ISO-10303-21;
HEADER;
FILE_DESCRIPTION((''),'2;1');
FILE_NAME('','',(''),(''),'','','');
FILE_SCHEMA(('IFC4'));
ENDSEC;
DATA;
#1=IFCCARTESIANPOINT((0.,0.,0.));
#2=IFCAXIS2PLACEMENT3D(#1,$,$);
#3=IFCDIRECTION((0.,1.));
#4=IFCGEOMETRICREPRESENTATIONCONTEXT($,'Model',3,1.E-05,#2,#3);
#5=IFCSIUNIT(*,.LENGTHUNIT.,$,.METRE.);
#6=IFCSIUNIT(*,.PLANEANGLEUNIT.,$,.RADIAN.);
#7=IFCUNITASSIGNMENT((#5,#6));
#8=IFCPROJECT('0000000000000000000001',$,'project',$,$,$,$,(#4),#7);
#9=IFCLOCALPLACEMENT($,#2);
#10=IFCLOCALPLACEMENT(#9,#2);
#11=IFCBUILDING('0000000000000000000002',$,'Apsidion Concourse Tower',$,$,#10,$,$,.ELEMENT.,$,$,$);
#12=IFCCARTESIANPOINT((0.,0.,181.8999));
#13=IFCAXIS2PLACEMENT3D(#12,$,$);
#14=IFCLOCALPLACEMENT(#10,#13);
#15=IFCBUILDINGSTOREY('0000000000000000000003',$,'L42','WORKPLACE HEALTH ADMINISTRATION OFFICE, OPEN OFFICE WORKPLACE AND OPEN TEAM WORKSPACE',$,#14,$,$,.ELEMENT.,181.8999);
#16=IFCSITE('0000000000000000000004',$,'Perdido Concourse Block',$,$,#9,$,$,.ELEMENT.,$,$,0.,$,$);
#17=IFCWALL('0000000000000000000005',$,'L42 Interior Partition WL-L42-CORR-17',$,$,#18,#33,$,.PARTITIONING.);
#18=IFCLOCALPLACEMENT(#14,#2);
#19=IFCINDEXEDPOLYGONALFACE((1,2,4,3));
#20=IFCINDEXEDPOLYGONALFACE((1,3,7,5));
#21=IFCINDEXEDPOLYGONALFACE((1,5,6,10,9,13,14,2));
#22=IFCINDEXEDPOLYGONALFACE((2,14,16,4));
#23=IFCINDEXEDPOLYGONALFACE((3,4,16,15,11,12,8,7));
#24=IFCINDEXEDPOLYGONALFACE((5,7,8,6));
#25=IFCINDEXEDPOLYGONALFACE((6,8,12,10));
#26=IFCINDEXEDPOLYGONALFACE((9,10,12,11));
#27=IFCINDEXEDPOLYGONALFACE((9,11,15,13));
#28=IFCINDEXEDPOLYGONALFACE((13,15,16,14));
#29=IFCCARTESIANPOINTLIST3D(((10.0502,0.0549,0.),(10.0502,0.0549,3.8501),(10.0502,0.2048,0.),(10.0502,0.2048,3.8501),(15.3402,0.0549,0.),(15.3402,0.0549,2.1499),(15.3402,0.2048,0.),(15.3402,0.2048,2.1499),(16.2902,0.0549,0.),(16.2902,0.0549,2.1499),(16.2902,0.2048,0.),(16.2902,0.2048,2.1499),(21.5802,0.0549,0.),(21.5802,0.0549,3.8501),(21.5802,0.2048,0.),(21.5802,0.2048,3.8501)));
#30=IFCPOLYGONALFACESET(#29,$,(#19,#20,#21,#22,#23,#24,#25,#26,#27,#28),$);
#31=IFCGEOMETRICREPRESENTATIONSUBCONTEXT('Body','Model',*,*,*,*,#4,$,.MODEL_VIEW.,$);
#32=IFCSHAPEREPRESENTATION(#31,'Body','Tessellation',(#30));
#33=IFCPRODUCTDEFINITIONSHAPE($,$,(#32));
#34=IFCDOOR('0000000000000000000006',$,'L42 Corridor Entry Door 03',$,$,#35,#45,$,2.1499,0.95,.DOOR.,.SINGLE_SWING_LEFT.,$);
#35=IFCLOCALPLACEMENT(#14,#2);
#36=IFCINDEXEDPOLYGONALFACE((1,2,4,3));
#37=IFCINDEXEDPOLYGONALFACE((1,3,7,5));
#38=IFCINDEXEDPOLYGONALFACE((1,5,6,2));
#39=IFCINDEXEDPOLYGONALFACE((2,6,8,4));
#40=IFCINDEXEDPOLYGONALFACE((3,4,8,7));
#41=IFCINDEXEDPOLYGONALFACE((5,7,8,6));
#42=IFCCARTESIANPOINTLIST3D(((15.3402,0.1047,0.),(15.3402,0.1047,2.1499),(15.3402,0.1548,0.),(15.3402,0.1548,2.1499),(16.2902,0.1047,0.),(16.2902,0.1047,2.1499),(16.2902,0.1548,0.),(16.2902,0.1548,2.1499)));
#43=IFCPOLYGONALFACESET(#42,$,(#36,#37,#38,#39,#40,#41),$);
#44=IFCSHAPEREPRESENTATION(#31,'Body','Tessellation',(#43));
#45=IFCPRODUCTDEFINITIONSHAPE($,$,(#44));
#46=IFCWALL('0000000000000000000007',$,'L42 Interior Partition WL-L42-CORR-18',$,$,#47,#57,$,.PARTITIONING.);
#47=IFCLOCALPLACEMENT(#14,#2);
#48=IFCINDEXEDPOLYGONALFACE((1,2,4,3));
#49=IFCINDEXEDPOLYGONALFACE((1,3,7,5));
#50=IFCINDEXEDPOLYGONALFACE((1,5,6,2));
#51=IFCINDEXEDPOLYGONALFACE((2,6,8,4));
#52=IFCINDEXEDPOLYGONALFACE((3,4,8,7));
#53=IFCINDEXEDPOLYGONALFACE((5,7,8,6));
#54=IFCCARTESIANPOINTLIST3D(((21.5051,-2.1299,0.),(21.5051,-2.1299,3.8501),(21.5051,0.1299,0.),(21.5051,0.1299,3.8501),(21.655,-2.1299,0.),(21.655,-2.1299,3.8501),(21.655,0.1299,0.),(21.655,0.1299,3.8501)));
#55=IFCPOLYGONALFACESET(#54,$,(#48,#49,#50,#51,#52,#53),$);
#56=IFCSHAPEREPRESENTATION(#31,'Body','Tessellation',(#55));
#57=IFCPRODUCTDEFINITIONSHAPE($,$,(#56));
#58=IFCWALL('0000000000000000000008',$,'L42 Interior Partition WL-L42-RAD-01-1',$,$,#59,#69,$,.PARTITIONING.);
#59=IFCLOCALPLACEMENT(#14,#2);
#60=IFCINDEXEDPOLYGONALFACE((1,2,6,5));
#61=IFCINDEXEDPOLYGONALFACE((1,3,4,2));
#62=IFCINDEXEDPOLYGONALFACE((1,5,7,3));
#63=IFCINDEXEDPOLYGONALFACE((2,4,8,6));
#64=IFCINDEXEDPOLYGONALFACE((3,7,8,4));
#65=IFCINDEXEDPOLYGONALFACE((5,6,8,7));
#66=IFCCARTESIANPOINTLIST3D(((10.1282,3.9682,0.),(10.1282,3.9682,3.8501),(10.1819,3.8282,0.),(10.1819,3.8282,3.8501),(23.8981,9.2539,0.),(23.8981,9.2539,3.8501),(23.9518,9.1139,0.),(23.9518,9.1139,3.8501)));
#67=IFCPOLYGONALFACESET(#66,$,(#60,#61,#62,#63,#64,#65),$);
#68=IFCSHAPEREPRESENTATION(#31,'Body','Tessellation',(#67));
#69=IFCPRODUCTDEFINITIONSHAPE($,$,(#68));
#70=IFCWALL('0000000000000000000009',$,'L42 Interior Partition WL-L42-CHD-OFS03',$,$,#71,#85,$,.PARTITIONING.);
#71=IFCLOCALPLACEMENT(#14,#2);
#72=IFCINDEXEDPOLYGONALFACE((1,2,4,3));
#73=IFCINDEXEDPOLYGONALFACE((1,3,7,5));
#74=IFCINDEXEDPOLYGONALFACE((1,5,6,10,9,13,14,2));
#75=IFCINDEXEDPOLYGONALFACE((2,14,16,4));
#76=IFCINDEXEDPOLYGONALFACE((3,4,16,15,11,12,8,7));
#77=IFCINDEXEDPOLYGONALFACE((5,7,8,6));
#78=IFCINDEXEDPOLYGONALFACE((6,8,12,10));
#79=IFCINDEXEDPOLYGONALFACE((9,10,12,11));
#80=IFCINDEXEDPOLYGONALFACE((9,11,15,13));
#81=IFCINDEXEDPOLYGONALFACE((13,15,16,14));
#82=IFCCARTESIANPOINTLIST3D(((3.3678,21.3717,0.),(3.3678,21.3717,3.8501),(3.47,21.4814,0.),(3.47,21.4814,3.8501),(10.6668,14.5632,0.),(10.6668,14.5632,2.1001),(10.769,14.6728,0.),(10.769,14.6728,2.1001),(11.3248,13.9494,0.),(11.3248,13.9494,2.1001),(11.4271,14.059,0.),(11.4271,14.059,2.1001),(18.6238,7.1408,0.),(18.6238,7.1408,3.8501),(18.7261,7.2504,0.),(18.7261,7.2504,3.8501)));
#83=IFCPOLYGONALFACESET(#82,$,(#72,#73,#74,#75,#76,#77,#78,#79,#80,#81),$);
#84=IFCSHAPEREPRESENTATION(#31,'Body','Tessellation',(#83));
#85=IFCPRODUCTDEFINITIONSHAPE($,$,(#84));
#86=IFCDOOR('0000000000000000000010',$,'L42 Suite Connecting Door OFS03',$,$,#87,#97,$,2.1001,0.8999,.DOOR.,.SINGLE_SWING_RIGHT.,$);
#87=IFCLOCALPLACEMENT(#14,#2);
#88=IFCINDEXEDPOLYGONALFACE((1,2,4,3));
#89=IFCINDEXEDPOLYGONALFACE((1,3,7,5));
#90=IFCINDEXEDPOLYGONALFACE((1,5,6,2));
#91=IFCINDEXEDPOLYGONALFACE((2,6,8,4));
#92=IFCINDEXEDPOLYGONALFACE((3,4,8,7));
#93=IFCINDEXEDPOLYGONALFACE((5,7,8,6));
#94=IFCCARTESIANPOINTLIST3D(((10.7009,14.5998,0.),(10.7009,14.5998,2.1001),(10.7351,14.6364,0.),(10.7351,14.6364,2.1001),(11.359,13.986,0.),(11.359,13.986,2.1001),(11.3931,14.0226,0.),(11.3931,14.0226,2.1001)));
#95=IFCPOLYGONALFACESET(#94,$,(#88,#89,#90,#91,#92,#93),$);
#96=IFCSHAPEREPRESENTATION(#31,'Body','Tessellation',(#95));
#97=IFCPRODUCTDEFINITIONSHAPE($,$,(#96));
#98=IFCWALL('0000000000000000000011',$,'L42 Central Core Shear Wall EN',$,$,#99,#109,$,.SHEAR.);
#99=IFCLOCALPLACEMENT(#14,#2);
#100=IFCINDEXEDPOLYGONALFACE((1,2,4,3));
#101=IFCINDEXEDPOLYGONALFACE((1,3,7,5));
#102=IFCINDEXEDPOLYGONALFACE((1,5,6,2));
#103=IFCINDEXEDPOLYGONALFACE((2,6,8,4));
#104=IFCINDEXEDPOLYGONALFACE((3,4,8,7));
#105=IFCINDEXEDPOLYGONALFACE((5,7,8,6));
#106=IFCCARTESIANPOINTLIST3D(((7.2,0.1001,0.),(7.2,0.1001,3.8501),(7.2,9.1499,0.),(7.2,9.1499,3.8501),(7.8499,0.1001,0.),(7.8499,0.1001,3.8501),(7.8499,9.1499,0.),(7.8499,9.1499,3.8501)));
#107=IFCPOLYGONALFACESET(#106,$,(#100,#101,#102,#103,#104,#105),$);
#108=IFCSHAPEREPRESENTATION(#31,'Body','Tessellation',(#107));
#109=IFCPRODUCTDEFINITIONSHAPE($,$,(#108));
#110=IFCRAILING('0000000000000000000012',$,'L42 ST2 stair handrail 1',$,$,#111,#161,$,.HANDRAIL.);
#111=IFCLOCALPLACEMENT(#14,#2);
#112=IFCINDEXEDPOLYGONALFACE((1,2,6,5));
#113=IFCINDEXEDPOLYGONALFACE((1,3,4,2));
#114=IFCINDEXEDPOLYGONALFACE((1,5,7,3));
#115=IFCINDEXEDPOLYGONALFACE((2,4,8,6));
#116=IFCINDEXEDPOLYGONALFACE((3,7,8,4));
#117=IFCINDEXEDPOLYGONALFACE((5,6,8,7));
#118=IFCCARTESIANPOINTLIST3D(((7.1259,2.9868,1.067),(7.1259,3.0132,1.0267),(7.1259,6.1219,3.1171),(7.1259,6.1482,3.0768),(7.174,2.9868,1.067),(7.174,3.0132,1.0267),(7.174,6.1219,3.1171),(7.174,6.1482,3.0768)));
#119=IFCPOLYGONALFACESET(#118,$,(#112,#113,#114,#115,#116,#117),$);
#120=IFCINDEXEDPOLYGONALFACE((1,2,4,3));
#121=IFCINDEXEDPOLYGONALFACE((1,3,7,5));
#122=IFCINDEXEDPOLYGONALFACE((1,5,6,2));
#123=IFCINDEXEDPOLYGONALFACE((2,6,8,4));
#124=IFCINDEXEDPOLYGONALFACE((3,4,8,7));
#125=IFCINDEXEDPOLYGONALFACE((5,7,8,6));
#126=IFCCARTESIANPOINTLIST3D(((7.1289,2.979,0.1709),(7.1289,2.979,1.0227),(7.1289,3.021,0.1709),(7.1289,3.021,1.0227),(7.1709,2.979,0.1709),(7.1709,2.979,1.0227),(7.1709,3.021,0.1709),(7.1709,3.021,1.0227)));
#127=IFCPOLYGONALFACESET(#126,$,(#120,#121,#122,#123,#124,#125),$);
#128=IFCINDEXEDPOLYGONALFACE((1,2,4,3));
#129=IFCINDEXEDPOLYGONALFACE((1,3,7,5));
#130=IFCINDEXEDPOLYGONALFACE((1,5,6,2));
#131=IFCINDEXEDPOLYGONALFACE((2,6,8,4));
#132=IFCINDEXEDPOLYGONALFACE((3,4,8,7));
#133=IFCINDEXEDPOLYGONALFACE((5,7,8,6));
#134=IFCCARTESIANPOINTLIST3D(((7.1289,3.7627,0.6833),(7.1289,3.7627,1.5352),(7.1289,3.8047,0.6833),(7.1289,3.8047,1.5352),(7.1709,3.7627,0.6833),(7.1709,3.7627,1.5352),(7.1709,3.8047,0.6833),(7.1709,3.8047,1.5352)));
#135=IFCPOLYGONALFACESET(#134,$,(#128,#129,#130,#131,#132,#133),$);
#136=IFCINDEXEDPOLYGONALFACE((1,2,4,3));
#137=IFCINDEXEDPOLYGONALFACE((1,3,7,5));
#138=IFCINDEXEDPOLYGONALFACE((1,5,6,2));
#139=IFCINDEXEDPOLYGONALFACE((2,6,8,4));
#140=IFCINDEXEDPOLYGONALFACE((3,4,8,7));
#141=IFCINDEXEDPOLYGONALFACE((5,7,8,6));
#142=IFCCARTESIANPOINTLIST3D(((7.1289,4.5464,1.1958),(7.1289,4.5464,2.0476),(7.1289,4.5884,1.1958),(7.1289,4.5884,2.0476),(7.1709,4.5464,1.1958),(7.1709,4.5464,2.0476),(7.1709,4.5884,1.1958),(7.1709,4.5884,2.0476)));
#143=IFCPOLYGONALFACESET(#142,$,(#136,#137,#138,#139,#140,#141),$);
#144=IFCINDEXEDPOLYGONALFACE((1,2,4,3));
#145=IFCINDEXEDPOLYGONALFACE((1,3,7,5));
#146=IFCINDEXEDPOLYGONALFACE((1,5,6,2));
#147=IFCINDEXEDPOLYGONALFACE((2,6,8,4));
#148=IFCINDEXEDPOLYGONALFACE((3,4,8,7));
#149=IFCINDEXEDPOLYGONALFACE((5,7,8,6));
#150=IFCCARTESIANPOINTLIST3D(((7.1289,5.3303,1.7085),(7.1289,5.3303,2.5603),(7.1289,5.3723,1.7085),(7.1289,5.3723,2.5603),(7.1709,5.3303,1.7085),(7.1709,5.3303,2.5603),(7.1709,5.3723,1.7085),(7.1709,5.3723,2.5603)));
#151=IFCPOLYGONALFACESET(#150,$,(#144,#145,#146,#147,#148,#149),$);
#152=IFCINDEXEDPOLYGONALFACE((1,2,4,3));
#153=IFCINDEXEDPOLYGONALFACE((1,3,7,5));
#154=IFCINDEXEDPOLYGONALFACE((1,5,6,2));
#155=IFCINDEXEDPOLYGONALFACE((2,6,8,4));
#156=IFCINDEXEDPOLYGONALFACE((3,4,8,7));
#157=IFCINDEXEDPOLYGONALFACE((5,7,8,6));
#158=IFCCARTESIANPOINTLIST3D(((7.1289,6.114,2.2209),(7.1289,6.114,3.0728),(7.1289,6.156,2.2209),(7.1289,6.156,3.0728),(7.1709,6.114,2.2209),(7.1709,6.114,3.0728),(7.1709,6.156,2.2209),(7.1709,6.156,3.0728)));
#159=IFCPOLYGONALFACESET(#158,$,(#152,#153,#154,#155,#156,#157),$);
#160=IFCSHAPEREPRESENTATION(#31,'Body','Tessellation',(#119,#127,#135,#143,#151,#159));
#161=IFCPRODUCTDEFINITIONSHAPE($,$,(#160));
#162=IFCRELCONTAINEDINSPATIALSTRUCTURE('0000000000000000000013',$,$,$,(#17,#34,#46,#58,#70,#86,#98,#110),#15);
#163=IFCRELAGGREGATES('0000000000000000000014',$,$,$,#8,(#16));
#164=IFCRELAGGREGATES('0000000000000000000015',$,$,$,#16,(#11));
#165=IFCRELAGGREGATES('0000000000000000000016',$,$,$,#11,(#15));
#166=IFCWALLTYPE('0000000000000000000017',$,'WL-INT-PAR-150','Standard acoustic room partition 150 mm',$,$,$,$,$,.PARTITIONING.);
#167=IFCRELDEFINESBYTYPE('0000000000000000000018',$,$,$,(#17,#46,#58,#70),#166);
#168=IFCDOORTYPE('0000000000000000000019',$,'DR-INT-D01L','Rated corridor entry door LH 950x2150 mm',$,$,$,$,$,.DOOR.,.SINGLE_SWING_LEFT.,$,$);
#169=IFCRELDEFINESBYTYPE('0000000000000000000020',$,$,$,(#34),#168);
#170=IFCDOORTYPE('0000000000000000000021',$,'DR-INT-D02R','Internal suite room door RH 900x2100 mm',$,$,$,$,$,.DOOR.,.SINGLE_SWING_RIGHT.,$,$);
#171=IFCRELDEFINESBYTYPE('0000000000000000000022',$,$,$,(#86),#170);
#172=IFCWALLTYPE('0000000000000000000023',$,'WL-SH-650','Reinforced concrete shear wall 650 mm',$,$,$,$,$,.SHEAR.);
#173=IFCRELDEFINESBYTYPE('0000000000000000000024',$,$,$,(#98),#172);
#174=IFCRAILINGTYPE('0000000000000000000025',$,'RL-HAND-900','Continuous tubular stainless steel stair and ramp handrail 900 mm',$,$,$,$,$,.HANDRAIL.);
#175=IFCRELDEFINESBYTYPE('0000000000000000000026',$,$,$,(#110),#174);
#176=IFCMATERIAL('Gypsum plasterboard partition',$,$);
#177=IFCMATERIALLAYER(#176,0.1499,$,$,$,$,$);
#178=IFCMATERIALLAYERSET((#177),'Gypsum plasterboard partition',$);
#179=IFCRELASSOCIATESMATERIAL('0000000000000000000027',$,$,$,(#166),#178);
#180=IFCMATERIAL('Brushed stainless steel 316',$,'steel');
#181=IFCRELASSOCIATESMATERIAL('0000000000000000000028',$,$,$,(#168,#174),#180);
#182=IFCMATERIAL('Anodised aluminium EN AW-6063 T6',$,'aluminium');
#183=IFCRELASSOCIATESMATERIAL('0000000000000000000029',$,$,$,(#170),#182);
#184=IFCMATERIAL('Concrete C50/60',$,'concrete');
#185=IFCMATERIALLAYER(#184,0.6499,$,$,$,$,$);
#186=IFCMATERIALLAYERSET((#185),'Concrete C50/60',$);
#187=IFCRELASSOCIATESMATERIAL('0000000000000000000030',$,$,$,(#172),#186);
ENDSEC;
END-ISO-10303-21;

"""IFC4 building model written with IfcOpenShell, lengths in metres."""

from ifc_helpers import new_model, si_unit, direction, frame, frame_2d, origin, origin_2d, place, context, subcontext, project, spatial, rectangle, extrude, material, layer, layer_set, type_object, element, fill, save


model = new_model("IFC4")

# Units and contexts
model_context = context("Model", 3, precision=1e-05, world=origin(), true_north=direction((0.0, 1.0)))
body_context = subcontext(model_context, "Body", "Model", "MODEL_VIEW")
ifc_project = project(units=[si_unit("LENGTHUNIT", "METRE"), si_unit("PLANEANGLEUNIT", "RADIAN")], contexts=[model_context])

# Site, building, storey
site_placement = place(None, origin())
site = spatial("IfcSite", under=ifc_project, at=site_placement, Name="Perdido Concourse Block", CompositionType="ELEMENT", RefElevation=0.0)
building_placement = place(site_placement, origin())
building = spatial("IfcBuilding", under=site, at=building_placement, Name="Apsidion Concourse Tower", CompositionType="ELEMENT")
storey_placement = place(building_placement, frame((0.0, 0.0, 181.8999)))
storey = spatial("IfcBuildingStorey", under=building, at=storey_placement, Name="L42", Description="WORKPLACE HEALTH ADMINISTRATION OFFICE, OPEN OFFICE WORKPLACE AND OPEN TEAM WORKSPACE", CompositionType="ELEMENT", Elevation=181.8999)

# Shared definitions
ifc_material_1 = material(Name="Concrete C50/60", Category="concrete")

# Shared definitions
ifc_material_2 = material(Name="Gypsum plasterboard partition")
ifc_layer_1 = layer(ifc_material_2, 0.1499)
ifc_layer_set_1 = layer_set([ifc_layer_1], Name="Gypsum plasterboard partition")
wall_type_1 = type_object("IfcWallType", Name="WL-INT-PAR-150", Description="Standard acoustic room partition 150 mm", PredefinedType="PARTITIONING", material=ifc_layer_set_1)

# Wall, opening, door
ifc_material_3 = material(Name="Brushed stainless steel 316", Category="steel")
wall_1_placement = place(storey_placement, frame((10.05, 0.1299, 0.0), z_axis=(0.0, 0.0, 1.0), x_axis=(1.0, 0.0, 0.0)))
wall_1 = element("IfcWall", 1, at=wall_1_placement, inside=storey, type_object=wall_type_1, Name="L42 Interior Partition WL-L42-CORR-17", PredefinedType="PARTITIONING", context=body_context, shape_type="SweptSolid", body=[
    extrude(rectangle(XDim=11.53, YDim=0.1499, at=frame_2d((5.7651, 0.0))), origin(), (0.0, 0.0, 1.0), 3.8501),
])
opening_1_placement = place(wall_1_placement, frame((5.29, 0.0, 0.0)))
opening_1 = element("IfcOpeningElement", 2, at=opening_1_placement, cuts=wall_1, PredefinedType="OPENING", context=body_context, shape_type="SweptSolid", body=[
    extrude(rectangle(XDim=0.95, YDim=2.1499, at=frame_2d((0.4751, 1.075))), frame((0.0, 0.085, 0.0), z_axis=(0.0, -1.0, 0.0), x_axis=(1.0, 0.0, 0.0)), (0.0, 0.0, 1.0), 0.1699),
])
door_type_1 = type_object("IfcDoorType", Name="DR-INT-D01L", Description="Rated corridor entry door LH 950x2150 mm", OperationType="SINGLE_SWING_LEFT", PredefinedType="DOOR", material=ifc_material_3)
door_1_placement = place(opening_1_placement, origin())
door_1 = element("IfcDoor", 3, at=door_1_placement, inside=storey, type_object=door_type_1, Name="L42 Corridor Entry Door 03", OperationType="SINGLE_SWING_LEFT", OverallHeight=2.1499, OverallWidth=0.95, PredefinedType="DOOR", context=body_context, shape_type="SweptSolid", body=[
    extrude(rectangle(XDim=0.95, YDim=2.1499, at=frame_2d((0.4751, 1.075))), frame((0.0, 0.0249, 0.0), z_axis=(0.0, -1.0, 0.0), x_axis=(1.0, 0.0, 0.0)), (0.0, 0.0, 1.0), 0.05),
])
fill(opening_1, door_1)

# Walls
wall_2_placement = place(storey_placement, frame((21.5801, 0.1299, 0.0), z_axis=(0.0, 0.0, 1.0), x_axis=(0.0, -1.0, 0.0)))
element("IfcWall", 4, at=wall_2_placement, inside=storey, type_object=wall_type_1, Name="L42 Interior Partition WL-L42-CORR-18", PredefinedType="PARTITIONING", context=body_context, shape_type="SweptSolid", body=[
    extrude(rectangle(XDim=2.2598, YDim=0.1499, at=frame_2d((1.1299, 0.0))), origin(), (0.0, 0.0, 1.0), 3.8501),
])
wall_3_placement = place(storey_placement, frame((10.155, 3.8982, 0.0), z_axis=(0.0, 0.0, 1.0), x_axis=(0.933582, 0.358363, 0.0)))
element("IfcWall", 5, at=wall_3_placement, inside=storey, type_object=wall_type_1, Name="L42 Interior Partition WL-L42-RAD-01-1", PredefinedType="PARTITIONING", context=body_context, shape_type="SweptSolid", body=[
    extrude(rectangle(XDim=14.7495, YDim=0.1499, at=frame_2d((7.3748, 0.0))), origin(), (0.0, 0.0, 1.0), 3.8501),
])

# Wall, opening, door
wall_4_placement = place(storey_placement, frame((18.675, 7.1956, 0.0), z_axis=(0.0, 0.0, 1.0), x_axis=(-0.731248, 0.682111, 0.0)))
wall_4 = element("IfcWall", 6, at=wall_4_placement, inside=storey, type_object=wall_type_1, Name="L42 Interior Partition WL-L42-CHD-OFS03", PredefinedType="PARTITIONING", context=body_context, shape_type="SweptSolid", body=[
    extrude(rectangle(XDim=20.863, YDim=0.1499, at=frame_2d((10.4316, 0.0))), origin(), (0.0, 0.0, 1.0), 3.8501),
])
opening_2_placement = place(wall_4_placement, frame((9.9817, 0.0, 0.0)))
opening_2 = element("IfcOpeningElement", 7, at=opening_2_placement, cuts=wall_4, PredefinedType="OPENING", context=body_context, shape_type="SweptSolid", body=[
    extrude(rectangle(XDim=0.8999, YDim=2.1001, at=frame_2d((0.45, 1.05))), frame((0.0, 0.085, 0.0), z_axis=(0.0, -1.0, 0.0), x_axis=(1.0, 0.0, 0.0)), (0.0, 0.0, 1.0), 0.1699),
])
ifc_material_4 = material(Name="Anodised aluminium EN AW-6063 T6", Category="aluminium")
door_type_2 = type_object("IfcDoorType", Name="DR-INT-D02R", Description="Internal suite room door RH 900x2100 mm", OperationType="SINGLE_SWING_RIGHT", PredefinedType="DOOR", material=ifc_material_4)
door_2_placement = place(opening_2_placement, origin())
door_2 = element("IfcDoor", 8, at=door_2_placement, inside=storey, type_object=door_type_2, Name="L42 Suite Connecting Door OFS03", OperationType="SINGLE_SWING_RIGHT", OverallHeight=2.1001, OverallWidth=0.8999, PredefinedType="DOOR", context=body_context, shape_type="SweptSolid", body=[
    extrude(rectangle(XDim=0.8999, YDim=2.1001, at=frame_2d((0.45, 1.05))), frame((0.0, 0.0249, 0.0), z_axis=(0.0, -1.0, 0.0), x_axis=(1.0, 0.0, 0.0)), (0.0, 0.0, 1.0), 0.05),
])
fill(opening_2, door_2)

# Wall
ifc_layer_2 = layer(ifc_material_1, 0.6499)
ifc_layer_set_2 = layer_set([ifc_layer_2], Name="Concrete C50/60")
wall_type_2 = type_object("IfcWallType", Name="WL-SH-650", Description="Reinforced concrete shear wall 650 mm", PredefinedType="SHEAR", material=ifc_layer_set_2)
wall_5_placement = place(storey_placement, frame((7.5249, 0.1001, 0.0), z_axis=(0.0, 0.0, 1.0), x_axis=(0.0, 1.0, 0.0)))
element("IfcWall", 9, at=wall_5_placement, inside=storey, type_object=wall_type_2, Name="L42 Central Core Shear Wall EN", PredefinedType="SHEAR", context=body_context, shape_type="SweptSolid", body=[
    extrude(rectangle(XDim=9.0498, YDim=0.6499, at=frame_2d((4.5249, 0.0))), origin(), (0.0, 0.0, 1.0), 3.8501),
])

# Railing
railing_type = type_object("IfcRailingType", Name="RL-HAND-900", Description="Continuous tubular stainless steel stair and ramp handrail 900 mm", PredefinedType="HANDRAIL", material=ifc_material_3)
railing_placement = place(storey_placement, frame((7.1499, 3.0, 0.1709)))
element("IfcRailing", 10, at=railing_placement, inside=storey, type_object=railing_type, Name="L42 ST2 stair handrail 1", PredefinedType="HANDRAIL", context=body_context, shape_type="SweptSolid", body=[
    extrude(rectangle(XDim=0.0481, YDim=0.0481, at=origin_2d()), frame((0.0, 0.0, 0.876), z_axis=(0.0, 0.836941, 0.547293), x_axis=(-1.0, 0.0, 0.0)), (0.0, 0.0, 1.0), 3.7458),
    extrude(rectangle(XDim=0.042, YDim=0.042, at=origin_2d()), origin(), (0.0, 0.0, 1.0), 0.8518),
    extrude(rectangle(XDim=0.042, YDim=0.042, at=origin_2d()), frame((0.0, 0.7837, 0.5125)), (0.0, 0.0, 1.0), 0.8518),
    extrude(rectangle(XDim=0.042, YDim=0.042, at=origin_2d()), frame((0.0, 1.5674, 1.0249)), (0.0, 0.0, 1.0), 0.8518),
    extrude(rectangle(XDim=0.042, YDim=0.042, at=origin_2d()), frame((0.0, 2.3513, 1.5376)), (0.0, 0.0, 1.0), 0.8518),
    extrude(rectangle(XDim=0.042, YDim=0.042, at=origin_2d()), frame((0.0, 3.135, 2.05)), (0.0, 0.0, 1.0), 0.8518),
])

save(model, "model.ifc")
